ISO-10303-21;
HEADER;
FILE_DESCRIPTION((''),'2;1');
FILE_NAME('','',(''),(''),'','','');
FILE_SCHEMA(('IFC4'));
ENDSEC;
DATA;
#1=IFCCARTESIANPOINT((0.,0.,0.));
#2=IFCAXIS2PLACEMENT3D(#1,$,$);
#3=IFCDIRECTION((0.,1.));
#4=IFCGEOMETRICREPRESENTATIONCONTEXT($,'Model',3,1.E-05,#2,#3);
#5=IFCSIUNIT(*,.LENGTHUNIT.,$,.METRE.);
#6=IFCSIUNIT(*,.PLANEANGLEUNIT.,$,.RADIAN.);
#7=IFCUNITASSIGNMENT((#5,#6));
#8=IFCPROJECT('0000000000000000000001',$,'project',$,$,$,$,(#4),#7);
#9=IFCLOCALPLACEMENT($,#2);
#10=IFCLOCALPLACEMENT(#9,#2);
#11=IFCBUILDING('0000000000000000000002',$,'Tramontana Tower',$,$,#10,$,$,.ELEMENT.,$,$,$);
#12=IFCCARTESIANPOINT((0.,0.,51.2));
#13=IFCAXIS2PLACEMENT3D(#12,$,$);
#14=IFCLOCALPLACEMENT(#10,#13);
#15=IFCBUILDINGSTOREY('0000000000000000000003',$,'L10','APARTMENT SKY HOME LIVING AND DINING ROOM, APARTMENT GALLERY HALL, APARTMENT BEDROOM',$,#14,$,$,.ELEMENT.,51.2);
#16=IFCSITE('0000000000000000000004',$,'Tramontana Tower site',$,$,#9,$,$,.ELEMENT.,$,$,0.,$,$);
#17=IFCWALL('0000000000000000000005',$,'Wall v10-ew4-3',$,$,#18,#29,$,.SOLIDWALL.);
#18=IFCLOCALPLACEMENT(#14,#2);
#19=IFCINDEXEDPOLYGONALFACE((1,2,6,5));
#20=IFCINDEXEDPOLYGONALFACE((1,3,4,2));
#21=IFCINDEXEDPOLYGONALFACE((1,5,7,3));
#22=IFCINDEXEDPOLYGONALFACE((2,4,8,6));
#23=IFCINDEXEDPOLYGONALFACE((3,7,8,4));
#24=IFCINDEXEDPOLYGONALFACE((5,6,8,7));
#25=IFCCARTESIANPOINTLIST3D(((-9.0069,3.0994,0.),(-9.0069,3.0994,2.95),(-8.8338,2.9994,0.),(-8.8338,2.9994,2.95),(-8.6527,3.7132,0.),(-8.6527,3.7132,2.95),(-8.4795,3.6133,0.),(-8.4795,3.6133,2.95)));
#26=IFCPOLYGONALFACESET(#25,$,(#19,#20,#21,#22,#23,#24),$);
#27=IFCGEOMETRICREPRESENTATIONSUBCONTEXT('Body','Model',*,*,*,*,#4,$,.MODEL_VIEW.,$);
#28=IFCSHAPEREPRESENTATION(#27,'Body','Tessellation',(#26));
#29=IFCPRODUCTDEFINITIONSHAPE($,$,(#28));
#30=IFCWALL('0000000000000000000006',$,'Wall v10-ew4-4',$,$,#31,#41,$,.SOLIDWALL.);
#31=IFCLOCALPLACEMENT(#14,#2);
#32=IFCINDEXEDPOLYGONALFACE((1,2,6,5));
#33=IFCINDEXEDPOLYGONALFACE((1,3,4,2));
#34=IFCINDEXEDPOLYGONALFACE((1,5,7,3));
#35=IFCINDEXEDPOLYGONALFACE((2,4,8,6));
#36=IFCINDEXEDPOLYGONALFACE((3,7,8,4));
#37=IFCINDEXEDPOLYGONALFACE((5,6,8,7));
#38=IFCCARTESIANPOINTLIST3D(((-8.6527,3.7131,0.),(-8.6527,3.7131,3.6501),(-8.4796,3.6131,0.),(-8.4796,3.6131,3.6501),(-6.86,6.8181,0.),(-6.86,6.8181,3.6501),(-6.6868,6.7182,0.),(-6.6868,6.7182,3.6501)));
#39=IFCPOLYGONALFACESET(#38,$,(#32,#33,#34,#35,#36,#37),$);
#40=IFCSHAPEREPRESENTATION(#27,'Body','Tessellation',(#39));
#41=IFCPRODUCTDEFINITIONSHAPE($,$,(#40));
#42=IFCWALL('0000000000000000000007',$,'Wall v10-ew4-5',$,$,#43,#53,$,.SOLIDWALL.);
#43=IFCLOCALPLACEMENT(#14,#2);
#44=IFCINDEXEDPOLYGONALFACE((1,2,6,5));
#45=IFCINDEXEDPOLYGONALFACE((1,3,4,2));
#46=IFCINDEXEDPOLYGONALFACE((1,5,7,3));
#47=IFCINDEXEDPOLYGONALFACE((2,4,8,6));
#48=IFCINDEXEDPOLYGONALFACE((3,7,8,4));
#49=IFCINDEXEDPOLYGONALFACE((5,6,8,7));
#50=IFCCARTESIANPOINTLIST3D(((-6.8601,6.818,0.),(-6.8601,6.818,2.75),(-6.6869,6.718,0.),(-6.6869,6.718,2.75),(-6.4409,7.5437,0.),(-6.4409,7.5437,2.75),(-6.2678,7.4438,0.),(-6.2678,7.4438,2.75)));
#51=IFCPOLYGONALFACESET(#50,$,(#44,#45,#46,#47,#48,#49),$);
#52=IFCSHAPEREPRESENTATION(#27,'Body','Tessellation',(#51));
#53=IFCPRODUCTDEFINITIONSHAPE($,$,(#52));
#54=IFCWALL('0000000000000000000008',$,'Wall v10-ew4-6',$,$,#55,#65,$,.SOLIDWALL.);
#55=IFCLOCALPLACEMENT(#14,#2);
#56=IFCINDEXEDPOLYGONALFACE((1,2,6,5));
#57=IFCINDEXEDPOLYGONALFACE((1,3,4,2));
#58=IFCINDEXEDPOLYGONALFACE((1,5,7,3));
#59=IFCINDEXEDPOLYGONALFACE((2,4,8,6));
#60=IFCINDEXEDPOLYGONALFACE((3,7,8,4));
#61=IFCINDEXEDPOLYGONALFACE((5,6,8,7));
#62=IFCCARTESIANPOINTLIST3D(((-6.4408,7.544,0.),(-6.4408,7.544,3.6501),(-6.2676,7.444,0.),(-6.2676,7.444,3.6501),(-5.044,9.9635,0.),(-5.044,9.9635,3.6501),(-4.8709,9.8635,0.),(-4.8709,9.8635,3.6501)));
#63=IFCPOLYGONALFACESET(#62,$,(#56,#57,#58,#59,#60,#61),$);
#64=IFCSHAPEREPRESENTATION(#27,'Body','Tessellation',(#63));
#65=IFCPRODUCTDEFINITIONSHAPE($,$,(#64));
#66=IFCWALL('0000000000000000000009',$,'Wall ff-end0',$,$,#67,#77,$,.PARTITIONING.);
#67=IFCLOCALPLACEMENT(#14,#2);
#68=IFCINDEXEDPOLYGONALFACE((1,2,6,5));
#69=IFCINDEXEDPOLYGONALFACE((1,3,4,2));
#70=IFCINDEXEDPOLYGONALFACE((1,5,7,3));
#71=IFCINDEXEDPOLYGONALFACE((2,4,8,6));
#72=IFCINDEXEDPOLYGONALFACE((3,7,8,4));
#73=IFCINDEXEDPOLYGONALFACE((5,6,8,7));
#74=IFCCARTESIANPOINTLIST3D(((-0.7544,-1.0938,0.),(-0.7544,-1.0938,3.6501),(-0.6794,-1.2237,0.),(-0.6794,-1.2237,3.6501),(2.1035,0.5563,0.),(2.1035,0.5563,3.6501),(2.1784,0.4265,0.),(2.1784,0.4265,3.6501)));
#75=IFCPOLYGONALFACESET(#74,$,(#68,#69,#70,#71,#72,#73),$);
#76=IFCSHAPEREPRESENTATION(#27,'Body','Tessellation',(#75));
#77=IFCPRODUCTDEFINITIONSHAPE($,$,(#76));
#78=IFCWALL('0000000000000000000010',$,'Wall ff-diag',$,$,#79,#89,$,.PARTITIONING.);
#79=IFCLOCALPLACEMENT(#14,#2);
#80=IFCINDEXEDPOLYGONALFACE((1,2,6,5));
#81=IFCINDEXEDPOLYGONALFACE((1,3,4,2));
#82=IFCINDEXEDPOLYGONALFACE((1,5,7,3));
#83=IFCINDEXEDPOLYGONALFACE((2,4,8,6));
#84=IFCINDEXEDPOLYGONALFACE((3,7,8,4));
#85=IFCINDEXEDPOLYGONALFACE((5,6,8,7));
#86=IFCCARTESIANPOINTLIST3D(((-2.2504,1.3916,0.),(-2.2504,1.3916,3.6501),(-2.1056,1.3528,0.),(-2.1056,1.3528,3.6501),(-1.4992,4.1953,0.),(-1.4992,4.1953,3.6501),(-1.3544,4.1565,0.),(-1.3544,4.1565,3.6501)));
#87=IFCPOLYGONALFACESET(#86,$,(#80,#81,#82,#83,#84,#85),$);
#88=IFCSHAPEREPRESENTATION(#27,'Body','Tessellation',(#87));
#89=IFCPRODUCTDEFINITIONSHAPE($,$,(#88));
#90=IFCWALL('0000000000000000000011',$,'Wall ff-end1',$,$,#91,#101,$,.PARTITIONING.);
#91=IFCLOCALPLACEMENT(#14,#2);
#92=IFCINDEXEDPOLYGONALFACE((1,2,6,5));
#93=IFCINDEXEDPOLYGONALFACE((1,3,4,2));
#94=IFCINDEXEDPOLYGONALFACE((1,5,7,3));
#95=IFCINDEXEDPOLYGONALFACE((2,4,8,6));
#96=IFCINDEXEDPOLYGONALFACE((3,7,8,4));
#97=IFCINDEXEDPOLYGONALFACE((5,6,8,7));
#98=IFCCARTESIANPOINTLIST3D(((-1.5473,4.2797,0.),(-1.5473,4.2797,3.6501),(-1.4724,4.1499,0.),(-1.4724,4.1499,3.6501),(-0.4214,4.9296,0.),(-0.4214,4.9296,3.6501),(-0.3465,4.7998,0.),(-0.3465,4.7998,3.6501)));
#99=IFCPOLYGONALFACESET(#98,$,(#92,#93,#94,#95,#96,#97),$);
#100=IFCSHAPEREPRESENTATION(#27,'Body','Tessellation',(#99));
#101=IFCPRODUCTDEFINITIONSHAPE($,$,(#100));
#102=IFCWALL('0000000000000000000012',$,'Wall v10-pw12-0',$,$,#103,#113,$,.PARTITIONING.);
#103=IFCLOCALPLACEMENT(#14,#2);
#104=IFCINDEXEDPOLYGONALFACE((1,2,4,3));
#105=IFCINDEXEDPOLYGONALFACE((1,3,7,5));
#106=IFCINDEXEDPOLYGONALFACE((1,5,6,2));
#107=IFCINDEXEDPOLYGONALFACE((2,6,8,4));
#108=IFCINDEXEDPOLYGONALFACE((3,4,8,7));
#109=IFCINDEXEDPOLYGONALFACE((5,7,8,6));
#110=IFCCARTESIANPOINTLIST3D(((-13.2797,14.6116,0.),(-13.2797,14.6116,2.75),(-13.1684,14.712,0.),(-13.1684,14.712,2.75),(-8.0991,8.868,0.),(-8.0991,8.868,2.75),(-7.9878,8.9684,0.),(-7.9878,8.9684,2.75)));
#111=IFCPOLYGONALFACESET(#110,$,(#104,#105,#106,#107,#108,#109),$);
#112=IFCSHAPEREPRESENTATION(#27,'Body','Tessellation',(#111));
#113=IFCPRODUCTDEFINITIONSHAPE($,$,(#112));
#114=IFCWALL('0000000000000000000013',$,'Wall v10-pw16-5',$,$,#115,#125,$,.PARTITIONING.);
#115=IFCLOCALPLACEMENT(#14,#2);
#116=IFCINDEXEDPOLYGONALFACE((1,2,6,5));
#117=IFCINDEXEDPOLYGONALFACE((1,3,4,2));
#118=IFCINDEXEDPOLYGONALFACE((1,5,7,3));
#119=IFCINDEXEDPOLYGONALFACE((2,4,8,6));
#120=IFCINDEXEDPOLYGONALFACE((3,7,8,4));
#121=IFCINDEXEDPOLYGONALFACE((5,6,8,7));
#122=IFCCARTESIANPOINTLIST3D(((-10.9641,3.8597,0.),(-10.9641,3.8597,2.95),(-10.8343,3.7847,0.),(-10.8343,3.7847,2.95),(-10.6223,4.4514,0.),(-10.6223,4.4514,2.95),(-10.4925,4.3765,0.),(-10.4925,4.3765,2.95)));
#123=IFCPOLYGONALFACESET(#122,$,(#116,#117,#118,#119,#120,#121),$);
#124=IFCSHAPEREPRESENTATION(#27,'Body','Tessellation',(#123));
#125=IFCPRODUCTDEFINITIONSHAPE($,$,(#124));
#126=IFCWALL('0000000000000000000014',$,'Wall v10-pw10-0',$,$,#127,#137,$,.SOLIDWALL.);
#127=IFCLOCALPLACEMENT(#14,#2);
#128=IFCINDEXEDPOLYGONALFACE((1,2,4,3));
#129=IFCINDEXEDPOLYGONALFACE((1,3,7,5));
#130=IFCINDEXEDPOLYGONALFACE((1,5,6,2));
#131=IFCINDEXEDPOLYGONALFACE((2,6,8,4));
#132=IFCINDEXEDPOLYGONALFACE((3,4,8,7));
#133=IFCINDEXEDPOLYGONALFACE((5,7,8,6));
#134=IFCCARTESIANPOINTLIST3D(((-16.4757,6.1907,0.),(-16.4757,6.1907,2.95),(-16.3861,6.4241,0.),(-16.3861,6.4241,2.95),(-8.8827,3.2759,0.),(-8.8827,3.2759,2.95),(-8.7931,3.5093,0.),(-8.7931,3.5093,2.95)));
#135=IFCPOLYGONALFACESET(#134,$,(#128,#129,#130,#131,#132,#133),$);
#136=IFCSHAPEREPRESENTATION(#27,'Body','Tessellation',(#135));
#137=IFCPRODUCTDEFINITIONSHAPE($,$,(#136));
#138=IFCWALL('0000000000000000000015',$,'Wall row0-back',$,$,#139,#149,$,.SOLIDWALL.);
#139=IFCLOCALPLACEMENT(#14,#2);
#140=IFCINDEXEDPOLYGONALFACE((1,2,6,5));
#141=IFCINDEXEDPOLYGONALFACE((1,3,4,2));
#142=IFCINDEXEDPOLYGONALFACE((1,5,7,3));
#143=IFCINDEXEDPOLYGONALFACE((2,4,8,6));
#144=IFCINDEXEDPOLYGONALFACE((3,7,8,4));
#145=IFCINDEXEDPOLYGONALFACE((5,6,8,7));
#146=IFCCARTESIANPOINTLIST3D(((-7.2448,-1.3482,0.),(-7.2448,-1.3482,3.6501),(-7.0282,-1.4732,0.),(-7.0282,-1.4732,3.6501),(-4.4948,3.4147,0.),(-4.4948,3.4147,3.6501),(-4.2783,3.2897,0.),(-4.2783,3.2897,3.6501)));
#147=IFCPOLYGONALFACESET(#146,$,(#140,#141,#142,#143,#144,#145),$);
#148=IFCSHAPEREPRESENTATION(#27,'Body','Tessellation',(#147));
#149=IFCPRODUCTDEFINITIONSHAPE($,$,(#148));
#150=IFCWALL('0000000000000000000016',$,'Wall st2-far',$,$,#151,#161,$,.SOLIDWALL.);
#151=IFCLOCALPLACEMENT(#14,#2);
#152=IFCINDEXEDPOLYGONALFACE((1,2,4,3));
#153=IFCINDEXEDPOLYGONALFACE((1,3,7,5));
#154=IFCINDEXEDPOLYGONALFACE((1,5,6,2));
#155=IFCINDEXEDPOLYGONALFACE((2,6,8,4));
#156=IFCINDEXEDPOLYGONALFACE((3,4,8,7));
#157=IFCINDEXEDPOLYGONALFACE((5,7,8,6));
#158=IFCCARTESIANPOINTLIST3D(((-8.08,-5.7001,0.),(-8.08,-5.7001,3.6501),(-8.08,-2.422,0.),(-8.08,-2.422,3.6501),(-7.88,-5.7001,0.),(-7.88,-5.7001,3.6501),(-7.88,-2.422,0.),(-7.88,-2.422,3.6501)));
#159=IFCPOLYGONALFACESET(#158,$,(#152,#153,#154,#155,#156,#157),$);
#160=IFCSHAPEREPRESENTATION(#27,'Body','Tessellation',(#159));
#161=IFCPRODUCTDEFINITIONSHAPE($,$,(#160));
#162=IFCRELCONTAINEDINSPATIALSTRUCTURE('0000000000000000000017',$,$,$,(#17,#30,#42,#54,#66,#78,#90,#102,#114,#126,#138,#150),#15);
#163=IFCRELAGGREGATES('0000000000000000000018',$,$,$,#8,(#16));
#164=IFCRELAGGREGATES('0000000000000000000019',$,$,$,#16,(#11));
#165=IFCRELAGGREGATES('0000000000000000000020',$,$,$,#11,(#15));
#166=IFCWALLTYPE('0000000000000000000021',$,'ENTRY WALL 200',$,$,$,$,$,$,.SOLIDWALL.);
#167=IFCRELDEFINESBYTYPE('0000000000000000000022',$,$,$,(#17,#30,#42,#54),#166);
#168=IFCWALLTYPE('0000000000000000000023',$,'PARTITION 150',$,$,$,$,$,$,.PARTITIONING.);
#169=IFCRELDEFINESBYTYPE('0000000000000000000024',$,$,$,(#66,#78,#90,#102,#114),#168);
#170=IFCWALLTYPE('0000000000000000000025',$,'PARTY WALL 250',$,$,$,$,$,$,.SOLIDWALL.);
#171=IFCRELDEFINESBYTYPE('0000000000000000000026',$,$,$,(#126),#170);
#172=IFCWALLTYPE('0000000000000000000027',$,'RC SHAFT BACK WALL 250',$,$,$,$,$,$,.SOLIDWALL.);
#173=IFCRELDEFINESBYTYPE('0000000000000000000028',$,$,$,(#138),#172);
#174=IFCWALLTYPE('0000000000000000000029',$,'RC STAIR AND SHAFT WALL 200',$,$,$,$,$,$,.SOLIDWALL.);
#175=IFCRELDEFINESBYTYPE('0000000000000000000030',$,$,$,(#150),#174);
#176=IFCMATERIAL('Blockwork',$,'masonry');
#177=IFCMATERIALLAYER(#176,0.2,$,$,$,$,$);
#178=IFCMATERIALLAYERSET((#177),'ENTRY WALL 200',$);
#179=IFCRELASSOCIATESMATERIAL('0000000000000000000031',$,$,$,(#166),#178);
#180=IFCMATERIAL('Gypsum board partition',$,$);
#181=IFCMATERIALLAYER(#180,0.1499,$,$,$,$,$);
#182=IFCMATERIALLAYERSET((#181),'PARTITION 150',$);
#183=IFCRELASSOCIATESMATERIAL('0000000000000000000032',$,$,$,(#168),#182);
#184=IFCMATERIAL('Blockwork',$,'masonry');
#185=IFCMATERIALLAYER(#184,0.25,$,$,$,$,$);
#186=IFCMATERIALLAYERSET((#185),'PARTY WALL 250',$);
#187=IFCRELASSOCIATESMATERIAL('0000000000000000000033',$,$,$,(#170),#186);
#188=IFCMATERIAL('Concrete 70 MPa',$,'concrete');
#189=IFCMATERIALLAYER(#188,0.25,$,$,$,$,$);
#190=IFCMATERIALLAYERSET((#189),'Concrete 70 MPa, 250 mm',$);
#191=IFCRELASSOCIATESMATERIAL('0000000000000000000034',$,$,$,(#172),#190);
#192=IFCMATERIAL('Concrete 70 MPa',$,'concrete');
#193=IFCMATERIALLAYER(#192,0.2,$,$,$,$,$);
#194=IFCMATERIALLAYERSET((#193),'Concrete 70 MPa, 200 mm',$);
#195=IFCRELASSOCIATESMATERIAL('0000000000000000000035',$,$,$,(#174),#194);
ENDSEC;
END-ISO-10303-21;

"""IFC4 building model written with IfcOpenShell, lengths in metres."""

from ifc_helpers import new_model, si_unit, direction, frame, frame_2d, origin, place, context, subcontext, project, spatial, rectangle, extrude, material, layer, layer_set, type_object, element, save


model = new_model("IFC4")

# Units and contexts
model_context = context("Model", 3, precision=1e-05, world=origin(), true_north=direction((0.0, 1.0)))
body_context = subcontext(model_context, "Body", "Model", "MODEL_VIEW")
ifc_project = project(units=[si_unit("LENGTHUNIT", "METRE"), si_unit("PLANEANGLEUNIT", "RADIAN")], contexts=[model_context])

# Site, building, storey
site_placement = place(None, origin())
site = spatial("IfcSite", under=ifc_project, at=site_placement, Name="Tramontana Tower site", CompositionType="ELEMENT", RefElevation=0.0)
building_placement = place(site_placement, origin())
building = spatial("IfcBuilding", under=site, at=building_placement, Name="Tramontana Tower", CompositionType="ELEMENT")
storey_placement = place(building_placement, frame((0.0, 0.0, 51.2)))
storey = spatial("IfcBuildingStorey", under=building, at=storey_placement, Name="L10", Description="APARTMENT SKY HOME LIVING AND DINING ROOM, APARTMENT GALLERY HALL, APARTMENT BEDROOM", CompositionType="ELEMENT", Elevation=51.2)

# Walls
ifc_material_1 = material(Name="Blockwork", Category="masonry")
ifc_layer_1 = layer(ifc_material_1, 0.2)
ifc_layer_set_1 = layer_set([ifc_layer_1], Name="ENTRY WALL 200")
wall_type_1 = type_object("IfcWallType", Name="ENTRY WALL 200", PredefinedType="SOLIDWALL", material=ifc_layer_set_1)
wall_1_placement = place(storey_placement, frame((-8.9204, 3.0493, 0.0), z_axis=(0.0, 0.0, 1.0), x_axis=(0.499882, 0.866094, 0.0)))
element("IfcWall", 1, at=wall_1_placement, inside=storey, type_object=wall_type_1, Name="Wall v10-ew4-3", PredefinedType="SOLIDWALL", context=body_context, shape_type="SweptSolid", body=[
    extrude(rectangle(XDim=0.7087, YDim=0.2, at=frame_2d((0.3545, 0.0))), origin(), (0.0, 0.0, 1.0), 2.95),
])
wall_2_placement = place(storey_placement, frame((-8.5662, 3.6631, 0.0), z_axis=(0.0, 0.0, 1.0), x_axis=(0.500013, 0.866018, 0.0)))
element("IfcWall", 2, at=wall_2_placement, inside=storey, type_object=wall_type_1, Name="Wall v10-ew4-4", PredefinedType="SOLIDWALL", context=body_context, shape_type="SweptSolid", body=[
    extrude(rectangle(XDim=3.5854, YDim=0.2, at=frame_2d((1.7927, 0.0))), origin(), (0.0, 0.0, 1.0), 3.6501),
])
wall_3_placement = place(storey_placement, frame((-6.7734, 6.7681, 0.0), z_axis=(0.0, 0.0, 1.0), x_axis=(0.500117, 0.865958, 0.0)))
element("IfcWall", 3, at=wall_3_placement, inside=storey, type_object=wall_type_1, Name="Wall v10-ew4-5", PredefinedType="SOLIDWALL", context=body_context, shape_type="SweptSolid", body=[
    extrude(rectangle(XDim=0.8381, YDim=0.2, at=frame_2d((0.4189, 0.0))), origin(), (0.0, 0.0, 1.0), 2.75),
])
wall_4_placement = place(storey_placement, frame((-6.3542, 7.4939, 0.0), z_axis=(0.0, 0.0, 1.0), x_axis=(0.499965, 0.866046, 0.0)))
element("IfcWall", 4, at=wall_4_placement, inside=storey, type_object=wall_type_1, Name="Wall v10-ew4-6", PredefinedType="SOLIDWALL", context=body_context, shape_type="SweptSolid", body=[
    extrude(rectangle(XDim=2.7937, YDim=0.2, at=frame_2d((1.397, 0.0))), origin(), (0.0, 0.0, 1.0), 3.6501),
])

# Shared definitions
ifc_material_2 = material(Name="Gypsum board partition")
ifc_layer_2 = layer(ifc_material_2, 0.1499)
ifc_layer_set_2 = layer_set([ifc_layer_2], Name="PARTITION 150")
wall_type_2 = type_object("IfcWallType", Name="PARTITION 150", PredefinedType="PARTITIONING", material=ifc_layer_set_2)

# Walls
wall_5_placement = place(storey_placement, frame((-0.7168, -1.1587, 0.0), z_axis=(0.0, 0.0, 1.0), x_axis=(0.866008, 0.50003, 0.0)))
element("IfcWall", 5, at=wall_5_placement, inside=storey, type_object=wall_type_2, Name="Wall ff-end0", PredefinedType="PARTITIONING", context=body_context, shape_type="SweptSolid", body=[
    extrude(rectangle(XDim=3.3, YDim=0.1499, at=frame_2d((1.6499, 0.0))), origin(), (0.0, 0.0, 1.0), 3.6501),
])
wall_6_placement = place(storey_placement, frame((-2.178, 1.3723, 0.0), z_axis=(0.0, 0.0, 1.0), x_axis=(0.258809, 0.965929, 0.0)))
element("IfcWall", 6, at=wall_6_placement, inside=storey, type_object=wall_type_2, Name="Wall ff-diag", PredefinedType="PARTITIONING", context=body_context, shape_type="SweptSolid", body=[
    extrude(rectangle(XDim=2.9026, YDim=0.1499, at=frame_2d((1.4512, 0.0))), origin(), (0.0, 0.0, 1.0), 3.6501),
])
wall_7_placement = place(storey_placement, frame((-1.5098, 4.2148, 0.0), z_axis=(0.0, 0.0, 1.0), x_axis=(0.866086, 0.499896, 0.0)))
element("IfcWall", 7, at=wall_7_placement, inside=storey, type_object=wall_type_2, Name="Wall ff-end1", PredefinedType="PARTITIONING", context=body_context, shape_type="SweptSolid", body=[
    extrude(rectangle(XDim=1.3, YDim=0.1499, at=frame_2d((0.6499, 0.0))), origin(), (0.0, 0.0, 1.0), 3.6501),
])
wall_8_placement = place(storey_placement, frame((-8.0435, 8.9182, 0.0), z_axis=(0.0, 0.0, 1.0), x_axis=(-0.669777, 0.742562, 0.0)))
element("IfcWall", 8, at=wall_8_placement, inside=storey, type_object=wall_type_2, Name="Wall v10-pw12-0", PredefinedType="PARTITIONING", context=body_context, shape_type="SweptSolid", body=[
    extrude(rectangle(XDim=7.7349, YDim=0.1499, at=frame_2d((3.8674, 0.0))), origin(), (0.0, 0.0, 1.0), 2.75),
])

# Walls
wall_9_placement = place(storey_placement, frame((-10.5574, 4.4141, 0.0), z_axis=(0.0, 0.0, 1.0), x_axis=(-0.500135, -0.865948, 0.0)))
element("IfcWall", 9, at=wall_9_placement, inside=storey, type_object=wall_type_2, Name="Wall v10-pw16-5", PredefinedType="PARTITIONING", context=body_context, shape_type="SweptSolid", body=[
    extrude(rectangle(XDim=0.6833, YDim=0.1499, at=frame_2d((0.3418, 0.0))), origin(), (0.0, 0.0, 1.0), 2.95),
])
ifc_material_3 = material(Name="Blockwork", Category="masonry")
ifc_layer_3 = layer(ifc_material_3, 0.25)
ifc_layer_set_3 = layer_set([ifc_layer_3], Name="PARTY WALL 250")
wall_type_3 = type_object("IfcWallType", Name="PARTY WALL 250", PredefinedType="SOLIDWALL", material=ifc_layer_set_3)
wall_10_placement = place(storey_placement, frame((-8.8379, 3.3926, 0.0), z_axis=(0.0, 0.0, 1.0), x_axis=(-0.933576, 0.35838, 0.0)))
element("IfcWall", 10, at=wall_10_placement, inside=storey, type_object=wall_type_3, Name="Wall v10-pw10-0", PredefinedType="SOLIDWALL", context=body_context, shape_type="SweptSolid", body=[
    extrude(rectangle(XDim=8.1333, YDim=0.25, at=frame_2d((4.0667, 0.0))), origin(), (0.0, 0.0, 1.0), 2.95),
])
ifc_material_4 = material(Name="Concrete 70 MPa", Category="concrete")
ifc_layer_4 = layer(ifc_material_4, 0.25)
ifc_layer_set_4 = layer_set([ifc_layer_4], Name="Concrete 70 MPa, 250 mm")
wall_type_4 = type_object("IfcWallType", Name="RC SHAFT BACK WALL 250", PredefinedType="SOLIDWALL", material=ifc_layer_set_4)
wall_11_placement = place(storey_placement, frame((-4.3865, 3.3523, 0.0), z_axis=(0.0, 0.0, 1.0), x_axis=(-0.500016, -0.866016, 0.0)))
element("IfcWall", 11, at=wall_11_placement, inside=storey, type_object=wall_type_4, Name="Wall row0-back", PredefinedType="SOLIDWALL", context=body_context, shape_type="SweptSolid", body=[
    extrude(rectangle(XDim=5.4998, YDim=0.25, at=frame_2d((2.75, 0.0))), origin(), (0.0, 0.0, 1.0), 3.6501),
])

# Shared definitions
ifc_material_5 = material(Name="Concrete 70 MPa", Category="concrete")
ifc_layer_5 = layer(ifc_material_5, 0.2)
ifc_layer_set_5 = layer_set([ifc_layer_5], Name="Concrete 70 MPa, 200 mm")
wall_type_5 = type_object("IfcWallType", Name="RC STAIR AND SHAFT WALL 200", PredefinedType="SOLIDWALL", material=ifc_layer_set_5)

# Wall
wall_12_placement = place(storey_placement, frame((-7.98, -2.4219, 0.0), z_axis=(0.0, 0.0, 1.0), x_axis=(0.0, -1.0, 0.0)))
element("IfcWall", 12, at=wall_12_placement, inside=storey, type_object=wall_type_5, Name="Wall st2-far", PredefinedType="SOLIDWALL", context=body_context, shape_type="SweptSolid", body=[
    extrude(rectangle(XDim=3.2781, YDim=0.2, at=frame_2d((1.6392, 0.0))), origin(), (0.0, 0.0, 1.0), 3.6501),
])

save(model, "model.ifc")
